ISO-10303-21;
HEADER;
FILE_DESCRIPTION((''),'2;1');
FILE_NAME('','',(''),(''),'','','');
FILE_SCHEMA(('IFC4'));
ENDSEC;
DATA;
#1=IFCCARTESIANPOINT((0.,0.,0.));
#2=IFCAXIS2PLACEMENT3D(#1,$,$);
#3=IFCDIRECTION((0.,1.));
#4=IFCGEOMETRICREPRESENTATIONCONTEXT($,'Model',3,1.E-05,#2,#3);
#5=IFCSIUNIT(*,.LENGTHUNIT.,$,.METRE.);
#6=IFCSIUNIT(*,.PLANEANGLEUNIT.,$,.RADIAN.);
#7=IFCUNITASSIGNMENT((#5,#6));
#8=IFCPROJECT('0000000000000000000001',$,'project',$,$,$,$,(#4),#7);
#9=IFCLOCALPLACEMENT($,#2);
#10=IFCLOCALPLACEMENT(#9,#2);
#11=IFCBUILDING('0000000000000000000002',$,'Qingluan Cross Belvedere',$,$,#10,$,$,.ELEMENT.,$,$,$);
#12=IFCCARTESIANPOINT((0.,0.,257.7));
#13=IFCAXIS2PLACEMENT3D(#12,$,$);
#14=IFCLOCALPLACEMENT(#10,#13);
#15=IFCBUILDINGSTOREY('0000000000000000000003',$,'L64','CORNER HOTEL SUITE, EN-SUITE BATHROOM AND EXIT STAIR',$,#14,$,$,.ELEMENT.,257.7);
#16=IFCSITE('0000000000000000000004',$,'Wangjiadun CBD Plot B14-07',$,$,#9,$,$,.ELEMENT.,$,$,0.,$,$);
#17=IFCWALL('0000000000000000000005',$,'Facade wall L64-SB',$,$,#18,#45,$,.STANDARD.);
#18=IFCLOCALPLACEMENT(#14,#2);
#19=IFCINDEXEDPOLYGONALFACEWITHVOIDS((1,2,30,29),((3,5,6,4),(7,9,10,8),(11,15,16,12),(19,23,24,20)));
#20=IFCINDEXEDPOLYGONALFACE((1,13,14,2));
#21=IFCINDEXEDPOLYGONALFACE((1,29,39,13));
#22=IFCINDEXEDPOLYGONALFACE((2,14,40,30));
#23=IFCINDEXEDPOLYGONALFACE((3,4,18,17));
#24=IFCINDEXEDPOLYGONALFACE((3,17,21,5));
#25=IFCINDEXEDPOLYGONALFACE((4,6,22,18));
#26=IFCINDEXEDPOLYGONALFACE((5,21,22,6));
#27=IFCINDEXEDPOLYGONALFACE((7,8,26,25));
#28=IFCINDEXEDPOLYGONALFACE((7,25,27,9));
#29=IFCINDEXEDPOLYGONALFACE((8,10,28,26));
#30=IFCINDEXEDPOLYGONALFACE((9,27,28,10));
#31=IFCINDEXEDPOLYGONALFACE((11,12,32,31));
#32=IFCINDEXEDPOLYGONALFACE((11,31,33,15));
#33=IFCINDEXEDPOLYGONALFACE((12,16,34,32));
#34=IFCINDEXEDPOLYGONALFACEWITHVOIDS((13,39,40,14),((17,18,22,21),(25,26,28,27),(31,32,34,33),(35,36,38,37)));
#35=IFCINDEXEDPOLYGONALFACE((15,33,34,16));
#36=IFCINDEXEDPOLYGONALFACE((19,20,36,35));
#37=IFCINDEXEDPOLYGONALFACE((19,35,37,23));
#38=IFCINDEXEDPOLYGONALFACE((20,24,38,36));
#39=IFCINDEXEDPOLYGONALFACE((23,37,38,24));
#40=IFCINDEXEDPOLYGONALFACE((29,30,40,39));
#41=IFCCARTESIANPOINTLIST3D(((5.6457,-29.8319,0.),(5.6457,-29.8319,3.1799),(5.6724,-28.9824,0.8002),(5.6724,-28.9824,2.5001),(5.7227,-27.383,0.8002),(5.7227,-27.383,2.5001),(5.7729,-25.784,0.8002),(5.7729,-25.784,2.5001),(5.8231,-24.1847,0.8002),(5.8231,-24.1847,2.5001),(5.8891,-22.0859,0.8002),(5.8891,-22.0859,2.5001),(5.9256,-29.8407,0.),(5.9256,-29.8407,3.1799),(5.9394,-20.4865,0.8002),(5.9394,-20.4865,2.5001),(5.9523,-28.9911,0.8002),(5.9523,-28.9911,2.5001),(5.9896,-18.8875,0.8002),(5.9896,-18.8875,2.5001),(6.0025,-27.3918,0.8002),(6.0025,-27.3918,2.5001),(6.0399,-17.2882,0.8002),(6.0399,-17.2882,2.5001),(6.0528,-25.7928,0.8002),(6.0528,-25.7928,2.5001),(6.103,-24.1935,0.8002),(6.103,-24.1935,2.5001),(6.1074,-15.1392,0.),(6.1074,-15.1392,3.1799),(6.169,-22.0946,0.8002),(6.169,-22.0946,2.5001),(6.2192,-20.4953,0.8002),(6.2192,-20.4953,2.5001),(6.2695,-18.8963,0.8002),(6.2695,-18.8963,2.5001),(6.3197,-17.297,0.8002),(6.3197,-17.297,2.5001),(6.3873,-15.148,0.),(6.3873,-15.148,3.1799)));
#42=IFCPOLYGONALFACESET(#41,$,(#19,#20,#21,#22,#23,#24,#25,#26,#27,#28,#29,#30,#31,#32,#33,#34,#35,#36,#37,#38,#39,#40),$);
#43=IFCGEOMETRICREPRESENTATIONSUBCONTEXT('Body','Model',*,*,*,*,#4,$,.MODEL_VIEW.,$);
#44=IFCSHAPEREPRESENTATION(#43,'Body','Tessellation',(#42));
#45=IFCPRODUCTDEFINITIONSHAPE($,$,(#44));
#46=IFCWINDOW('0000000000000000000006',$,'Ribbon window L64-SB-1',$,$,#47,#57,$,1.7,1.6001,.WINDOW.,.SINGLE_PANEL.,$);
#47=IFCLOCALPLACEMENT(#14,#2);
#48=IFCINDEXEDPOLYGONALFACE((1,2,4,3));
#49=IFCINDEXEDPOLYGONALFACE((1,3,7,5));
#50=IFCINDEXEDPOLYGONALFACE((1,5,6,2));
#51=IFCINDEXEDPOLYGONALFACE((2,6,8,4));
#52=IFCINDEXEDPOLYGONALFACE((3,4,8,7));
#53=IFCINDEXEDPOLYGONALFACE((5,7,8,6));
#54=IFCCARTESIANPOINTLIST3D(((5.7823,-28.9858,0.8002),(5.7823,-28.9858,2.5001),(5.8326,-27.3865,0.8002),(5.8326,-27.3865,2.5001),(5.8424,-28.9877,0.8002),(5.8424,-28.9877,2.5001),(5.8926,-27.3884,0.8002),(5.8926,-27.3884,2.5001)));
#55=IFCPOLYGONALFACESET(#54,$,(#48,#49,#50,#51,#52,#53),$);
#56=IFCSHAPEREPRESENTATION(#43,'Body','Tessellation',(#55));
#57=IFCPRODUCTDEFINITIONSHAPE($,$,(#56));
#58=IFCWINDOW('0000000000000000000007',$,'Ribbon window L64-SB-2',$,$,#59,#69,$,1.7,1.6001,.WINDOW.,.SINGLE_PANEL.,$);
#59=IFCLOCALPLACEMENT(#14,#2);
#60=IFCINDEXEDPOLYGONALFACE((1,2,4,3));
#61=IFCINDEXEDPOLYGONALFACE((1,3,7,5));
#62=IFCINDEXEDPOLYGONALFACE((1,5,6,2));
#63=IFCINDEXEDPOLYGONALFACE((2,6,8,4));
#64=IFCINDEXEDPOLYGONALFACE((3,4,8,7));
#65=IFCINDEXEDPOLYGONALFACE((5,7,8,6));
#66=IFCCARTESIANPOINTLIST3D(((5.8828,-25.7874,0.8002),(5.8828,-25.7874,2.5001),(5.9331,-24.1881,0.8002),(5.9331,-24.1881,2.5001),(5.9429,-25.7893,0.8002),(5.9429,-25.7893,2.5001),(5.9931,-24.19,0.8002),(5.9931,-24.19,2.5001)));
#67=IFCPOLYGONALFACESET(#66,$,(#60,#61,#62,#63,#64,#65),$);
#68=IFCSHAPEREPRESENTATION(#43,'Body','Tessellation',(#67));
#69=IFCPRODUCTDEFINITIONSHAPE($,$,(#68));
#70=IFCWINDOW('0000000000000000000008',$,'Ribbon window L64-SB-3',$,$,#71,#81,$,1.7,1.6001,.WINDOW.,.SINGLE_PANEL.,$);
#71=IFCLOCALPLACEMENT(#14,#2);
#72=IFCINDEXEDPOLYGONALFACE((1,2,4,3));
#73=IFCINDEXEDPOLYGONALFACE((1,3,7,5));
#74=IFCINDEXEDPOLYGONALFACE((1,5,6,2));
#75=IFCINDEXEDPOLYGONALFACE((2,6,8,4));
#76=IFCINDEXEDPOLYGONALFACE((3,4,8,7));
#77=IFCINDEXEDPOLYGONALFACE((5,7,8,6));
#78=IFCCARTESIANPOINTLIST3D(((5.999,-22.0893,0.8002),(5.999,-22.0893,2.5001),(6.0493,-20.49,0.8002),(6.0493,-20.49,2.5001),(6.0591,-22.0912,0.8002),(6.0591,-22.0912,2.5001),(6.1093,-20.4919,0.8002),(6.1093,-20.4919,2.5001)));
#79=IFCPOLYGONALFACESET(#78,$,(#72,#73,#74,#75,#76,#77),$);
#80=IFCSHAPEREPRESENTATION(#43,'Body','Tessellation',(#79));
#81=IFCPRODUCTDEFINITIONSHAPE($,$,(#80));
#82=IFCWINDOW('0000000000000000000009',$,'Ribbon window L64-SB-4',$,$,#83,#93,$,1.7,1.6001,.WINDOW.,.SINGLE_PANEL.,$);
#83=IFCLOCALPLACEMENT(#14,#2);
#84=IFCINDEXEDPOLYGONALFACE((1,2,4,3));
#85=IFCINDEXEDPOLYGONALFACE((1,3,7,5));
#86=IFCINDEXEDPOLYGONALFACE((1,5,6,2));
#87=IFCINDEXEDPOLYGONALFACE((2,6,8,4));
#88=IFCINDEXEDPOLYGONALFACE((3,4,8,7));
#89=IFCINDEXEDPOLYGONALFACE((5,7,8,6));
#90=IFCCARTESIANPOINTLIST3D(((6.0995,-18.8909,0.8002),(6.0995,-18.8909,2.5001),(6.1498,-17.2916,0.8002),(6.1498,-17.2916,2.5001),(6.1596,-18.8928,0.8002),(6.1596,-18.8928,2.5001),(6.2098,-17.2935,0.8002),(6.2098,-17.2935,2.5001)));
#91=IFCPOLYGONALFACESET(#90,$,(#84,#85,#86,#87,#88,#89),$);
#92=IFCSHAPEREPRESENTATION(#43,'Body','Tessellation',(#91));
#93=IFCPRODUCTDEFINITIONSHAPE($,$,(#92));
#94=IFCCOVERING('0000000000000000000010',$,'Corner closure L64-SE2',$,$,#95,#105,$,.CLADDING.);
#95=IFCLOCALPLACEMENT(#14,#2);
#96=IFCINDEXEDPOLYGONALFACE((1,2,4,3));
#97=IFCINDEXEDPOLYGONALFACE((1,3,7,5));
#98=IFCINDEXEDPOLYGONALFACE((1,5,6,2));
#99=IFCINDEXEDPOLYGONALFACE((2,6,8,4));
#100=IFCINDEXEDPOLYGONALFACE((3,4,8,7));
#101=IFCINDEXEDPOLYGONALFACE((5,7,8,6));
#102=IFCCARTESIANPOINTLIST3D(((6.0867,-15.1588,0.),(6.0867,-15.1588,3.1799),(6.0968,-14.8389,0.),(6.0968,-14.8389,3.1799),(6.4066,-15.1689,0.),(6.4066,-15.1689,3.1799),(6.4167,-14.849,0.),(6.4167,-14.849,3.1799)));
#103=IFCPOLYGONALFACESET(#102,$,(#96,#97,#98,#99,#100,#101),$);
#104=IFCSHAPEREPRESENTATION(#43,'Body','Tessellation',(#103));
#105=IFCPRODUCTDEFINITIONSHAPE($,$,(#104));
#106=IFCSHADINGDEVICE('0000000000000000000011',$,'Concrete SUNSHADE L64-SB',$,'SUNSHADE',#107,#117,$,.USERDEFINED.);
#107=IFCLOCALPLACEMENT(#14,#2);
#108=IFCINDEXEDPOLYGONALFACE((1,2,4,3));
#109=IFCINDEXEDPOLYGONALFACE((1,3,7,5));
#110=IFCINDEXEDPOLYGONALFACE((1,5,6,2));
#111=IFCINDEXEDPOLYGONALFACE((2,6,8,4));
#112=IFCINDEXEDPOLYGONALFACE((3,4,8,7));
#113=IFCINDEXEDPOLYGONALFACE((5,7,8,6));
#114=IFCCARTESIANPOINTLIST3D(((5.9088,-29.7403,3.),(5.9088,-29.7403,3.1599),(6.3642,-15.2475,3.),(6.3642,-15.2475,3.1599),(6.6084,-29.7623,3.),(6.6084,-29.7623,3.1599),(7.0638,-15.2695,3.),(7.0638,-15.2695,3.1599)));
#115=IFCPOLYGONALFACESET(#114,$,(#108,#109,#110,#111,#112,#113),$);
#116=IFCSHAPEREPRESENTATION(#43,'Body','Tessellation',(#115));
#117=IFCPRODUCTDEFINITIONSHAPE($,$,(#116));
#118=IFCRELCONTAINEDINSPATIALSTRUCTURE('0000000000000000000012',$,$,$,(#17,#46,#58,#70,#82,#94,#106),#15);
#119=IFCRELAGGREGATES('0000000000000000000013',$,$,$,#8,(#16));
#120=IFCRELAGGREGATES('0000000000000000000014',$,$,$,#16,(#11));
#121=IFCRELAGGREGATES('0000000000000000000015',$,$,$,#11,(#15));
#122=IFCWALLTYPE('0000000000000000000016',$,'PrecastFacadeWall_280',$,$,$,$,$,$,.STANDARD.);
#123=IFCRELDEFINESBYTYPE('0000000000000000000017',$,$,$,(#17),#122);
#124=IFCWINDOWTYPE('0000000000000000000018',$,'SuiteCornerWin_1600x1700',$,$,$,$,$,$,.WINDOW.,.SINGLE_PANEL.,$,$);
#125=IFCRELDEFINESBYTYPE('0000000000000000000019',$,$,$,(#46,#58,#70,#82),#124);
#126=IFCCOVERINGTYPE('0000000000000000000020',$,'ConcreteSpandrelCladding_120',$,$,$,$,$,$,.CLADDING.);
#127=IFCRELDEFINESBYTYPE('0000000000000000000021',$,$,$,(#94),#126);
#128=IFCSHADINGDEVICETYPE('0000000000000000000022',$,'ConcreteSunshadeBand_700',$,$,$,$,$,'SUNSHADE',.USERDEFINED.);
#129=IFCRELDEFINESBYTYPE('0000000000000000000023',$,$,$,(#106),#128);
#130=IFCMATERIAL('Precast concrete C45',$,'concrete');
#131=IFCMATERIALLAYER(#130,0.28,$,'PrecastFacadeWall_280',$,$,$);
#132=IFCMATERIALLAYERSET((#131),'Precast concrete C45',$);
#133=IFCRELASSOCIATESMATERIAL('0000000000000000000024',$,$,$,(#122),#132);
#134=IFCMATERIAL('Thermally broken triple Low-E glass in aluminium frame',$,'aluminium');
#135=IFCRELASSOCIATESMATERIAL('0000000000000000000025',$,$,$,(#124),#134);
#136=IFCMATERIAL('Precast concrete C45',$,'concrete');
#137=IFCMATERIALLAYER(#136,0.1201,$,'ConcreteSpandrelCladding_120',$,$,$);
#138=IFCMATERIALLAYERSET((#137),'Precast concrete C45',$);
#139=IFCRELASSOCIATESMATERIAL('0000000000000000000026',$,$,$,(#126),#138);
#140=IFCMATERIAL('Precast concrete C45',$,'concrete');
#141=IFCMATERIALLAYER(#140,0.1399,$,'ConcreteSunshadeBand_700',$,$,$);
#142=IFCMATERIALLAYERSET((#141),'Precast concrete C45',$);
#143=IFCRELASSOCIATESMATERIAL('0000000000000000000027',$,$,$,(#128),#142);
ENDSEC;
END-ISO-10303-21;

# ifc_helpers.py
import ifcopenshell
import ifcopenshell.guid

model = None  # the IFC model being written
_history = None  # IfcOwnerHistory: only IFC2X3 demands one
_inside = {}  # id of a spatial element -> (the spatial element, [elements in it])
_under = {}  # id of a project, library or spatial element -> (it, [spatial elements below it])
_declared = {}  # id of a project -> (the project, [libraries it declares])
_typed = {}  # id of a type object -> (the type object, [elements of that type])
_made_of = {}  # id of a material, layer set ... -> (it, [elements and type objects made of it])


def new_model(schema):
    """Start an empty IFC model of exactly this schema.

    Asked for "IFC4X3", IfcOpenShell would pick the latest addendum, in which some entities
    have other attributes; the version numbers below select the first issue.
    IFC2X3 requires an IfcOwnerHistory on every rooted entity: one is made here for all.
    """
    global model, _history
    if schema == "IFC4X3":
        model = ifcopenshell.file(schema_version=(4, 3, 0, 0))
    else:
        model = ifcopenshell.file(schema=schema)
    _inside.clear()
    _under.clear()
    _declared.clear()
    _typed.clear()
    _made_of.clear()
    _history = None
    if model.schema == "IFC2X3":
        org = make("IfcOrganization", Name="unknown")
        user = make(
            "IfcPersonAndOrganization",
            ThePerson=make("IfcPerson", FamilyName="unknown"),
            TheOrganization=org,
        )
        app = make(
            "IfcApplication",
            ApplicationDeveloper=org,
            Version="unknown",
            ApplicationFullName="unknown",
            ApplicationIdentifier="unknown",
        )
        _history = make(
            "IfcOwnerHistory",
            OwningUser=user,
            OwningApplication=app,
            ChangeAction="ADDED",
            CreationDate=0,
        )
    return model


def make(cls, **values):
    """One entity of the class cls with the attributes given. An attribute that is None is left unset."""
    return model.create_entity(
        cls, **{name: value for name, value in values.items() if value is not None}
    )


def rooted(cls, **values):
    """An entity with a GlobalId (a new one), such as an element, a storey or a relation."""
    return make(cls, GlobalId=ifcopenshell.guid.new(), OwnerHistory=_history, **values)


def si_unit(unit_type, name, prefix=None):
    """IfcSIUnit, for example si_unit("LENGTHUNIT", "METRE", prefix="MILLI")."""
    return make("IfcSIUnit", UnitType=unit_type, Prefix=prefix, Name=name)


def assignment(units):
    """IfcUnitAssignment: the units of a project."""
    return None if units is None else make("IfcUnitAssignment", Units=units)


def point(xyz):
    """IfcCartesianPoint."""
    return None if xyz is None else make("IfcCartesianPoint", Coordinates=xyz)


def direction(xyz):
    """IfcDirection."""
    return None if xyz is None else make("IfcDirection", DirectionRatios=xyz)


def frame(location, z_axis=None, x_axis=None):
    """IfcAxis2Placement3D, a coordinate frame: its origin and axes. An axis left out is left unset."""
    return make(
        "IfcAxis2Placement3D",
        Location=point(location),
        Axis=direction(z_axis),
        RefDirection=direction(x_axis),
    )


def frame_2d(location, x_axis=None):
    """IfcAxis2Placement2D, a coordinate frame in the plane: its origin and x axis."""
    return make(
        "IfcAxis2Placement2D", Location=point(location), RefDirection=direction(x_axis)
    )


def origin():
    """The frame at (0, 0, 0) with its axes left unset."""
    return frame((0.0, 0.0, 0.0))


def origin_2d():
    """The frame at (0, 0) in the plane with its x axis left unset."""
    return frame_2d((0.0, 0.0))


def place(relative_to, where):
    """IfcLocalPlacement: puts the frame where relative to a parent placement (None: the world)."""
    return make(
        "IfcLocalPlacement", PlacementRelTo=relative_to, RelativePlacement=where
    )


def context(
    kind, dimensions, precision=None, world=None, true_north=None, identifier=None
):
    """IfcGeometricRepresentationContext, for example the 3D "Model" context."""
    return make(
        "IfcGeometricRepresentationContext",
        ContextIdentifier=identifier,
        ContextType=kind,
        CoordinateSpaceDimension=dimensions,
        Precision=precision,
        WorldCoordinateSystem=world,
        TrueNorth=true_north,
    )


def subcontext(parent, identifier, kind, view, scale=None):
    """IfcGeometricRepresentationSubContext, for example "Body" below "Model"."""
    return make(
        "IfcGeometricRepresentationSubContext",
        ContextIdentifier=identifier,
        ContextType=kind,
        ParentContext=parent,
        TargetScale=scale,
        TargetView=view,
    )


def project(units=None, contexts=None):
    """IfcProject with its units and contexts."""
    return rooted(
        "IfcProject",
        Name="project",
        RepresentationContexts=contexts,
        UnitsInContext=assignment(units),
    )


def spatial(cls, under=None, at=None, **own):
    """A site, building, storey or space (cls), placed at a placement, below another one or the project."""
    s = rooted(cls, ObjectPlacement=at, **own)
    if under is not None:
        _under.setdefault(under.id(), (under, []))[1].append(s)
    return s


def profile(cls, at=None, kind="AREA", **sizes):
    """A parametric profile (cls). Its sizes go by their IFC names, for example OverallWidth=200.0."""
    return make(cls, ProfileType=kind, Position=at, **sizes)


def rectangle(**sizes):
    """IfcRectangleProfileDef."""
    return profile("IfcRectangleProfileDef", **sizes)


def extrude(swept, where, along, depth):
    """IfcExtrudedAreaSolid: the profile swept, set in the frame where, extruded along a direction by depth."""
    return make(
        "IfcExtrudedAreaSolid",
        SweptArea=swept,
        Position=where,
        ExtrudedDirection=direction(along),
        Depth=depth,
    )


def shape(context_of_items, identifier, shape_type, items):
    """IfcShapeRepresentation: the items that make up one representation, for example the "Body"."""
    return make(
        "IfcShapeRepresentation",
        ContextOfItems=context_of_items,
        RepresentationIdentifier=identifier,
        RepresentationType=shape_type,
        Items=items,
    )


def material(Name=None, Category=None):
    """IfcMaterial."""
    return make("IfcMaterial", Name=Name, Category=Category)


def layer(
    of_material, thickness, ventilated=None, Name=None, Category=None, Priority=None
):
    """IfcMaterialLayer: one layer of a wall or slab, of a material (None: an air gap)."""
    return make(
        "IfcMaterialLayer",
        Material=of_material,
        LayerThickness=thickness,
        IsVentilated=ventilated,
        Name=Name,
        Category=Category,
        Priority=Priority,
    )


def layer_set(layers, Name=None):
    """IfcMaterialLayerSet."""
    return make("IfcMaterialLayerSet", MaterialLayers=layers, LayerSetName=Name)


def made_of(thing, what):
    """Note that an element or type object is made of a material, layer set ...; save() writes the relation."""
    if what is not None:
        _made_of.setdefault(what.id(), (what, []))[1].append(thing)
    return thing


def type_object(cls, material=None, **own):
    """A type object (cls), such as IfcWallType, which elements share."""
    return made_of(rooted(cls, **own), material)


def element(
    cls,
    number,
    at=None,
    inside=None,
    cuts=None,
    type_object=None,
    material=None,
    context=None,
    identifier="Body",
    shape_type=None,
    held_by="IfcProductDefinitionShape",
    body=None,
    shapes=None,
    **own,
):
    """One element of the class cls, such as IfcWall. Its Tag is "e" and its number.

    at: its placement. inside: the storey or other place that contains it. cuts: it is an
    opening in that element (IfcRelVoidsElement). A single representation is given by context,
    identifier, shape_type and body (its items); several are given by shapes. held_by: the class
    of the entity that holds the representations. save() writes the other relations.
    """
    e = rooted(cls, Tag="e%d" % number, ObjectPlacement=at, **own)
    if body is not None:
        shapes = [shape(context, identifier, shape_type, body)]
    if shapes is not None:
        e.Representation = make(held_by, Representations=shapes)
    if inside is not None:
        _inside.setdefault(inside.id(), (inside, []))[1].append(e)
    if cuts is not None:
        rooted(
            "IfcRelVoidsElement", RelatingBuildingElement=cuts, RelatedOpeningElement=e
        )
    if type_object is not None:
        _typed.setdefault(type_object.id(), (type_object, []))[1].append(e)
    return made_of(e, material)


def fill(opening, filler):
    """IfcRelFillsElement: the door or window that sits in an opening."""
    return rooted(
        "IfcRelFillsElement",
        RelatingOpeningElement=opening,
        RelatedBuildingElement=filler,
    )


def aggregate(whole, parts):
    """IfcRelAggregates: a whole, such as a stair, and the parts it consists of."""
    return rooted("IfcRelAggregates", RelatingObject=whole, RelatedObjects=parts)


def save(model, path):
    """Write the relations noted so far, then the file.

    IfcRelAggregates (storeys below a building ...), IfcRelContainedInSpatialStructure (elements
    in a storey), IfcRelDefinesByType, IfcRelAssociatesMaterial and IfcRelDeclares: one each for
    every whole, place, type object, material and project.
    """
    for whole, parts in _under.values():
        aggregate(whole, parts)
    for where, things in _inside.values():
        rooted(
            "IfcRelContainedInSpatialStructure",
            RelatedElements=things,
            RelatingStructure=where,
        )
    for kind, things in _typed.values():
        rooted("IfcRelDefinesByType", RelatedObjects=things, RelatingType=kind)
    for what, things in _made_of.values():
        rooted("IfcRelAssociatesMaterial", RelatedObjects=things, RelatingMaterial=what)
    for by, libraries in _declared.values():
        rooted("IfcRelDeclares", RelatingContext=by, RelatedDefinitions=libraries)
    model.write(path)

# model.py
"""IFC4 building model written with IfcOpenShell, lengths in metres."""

from ifc_helpers import new_model, si_unit, direction, frame, frame_2d, origin, origin_2d, place, context, subcontext, project, spatial, rectangle, extrude, material, layer, layer_set, type_object, element, fill, save


model = new_model("IFC4")

# Units and contexts
model_context = context("Model", 3, precision=1e-05, world=origin(), true_north=direction((0.0, 1.0)))
body_context = subcontext(model_context, "Body", "Model", "MODEL_VIEW")
ifc_project = project(units=[si_unit("LENGTHUNIT", "METRE"), si_unit("PLANEANGLEUNIT", "RADIAN")], contexts=[model_context])

# Site, building, storey
site_placement = place(None, origin())
site = spatial("IfcSite", under=ifc_project, at=site_placement, Name="Wangjiadun CBD Plot B14-07", CompositionType="ELEMENT", RefElevation=0.0)
building_placement = place(site_placement, origin())
building = spatial("IfcBuilding", under=site, at=building_placement, Name="Qingluan Cross Belvedere", CompositionType="ELEMENT")
storey_placement = place(building_placement, frame((0.0, 0.0, 257.7)))
storey = spatial("IfcBuildingStorey", under=building, at=storey_placement, Name="L64", Description="CORNER HOTEL SUITE, EN-SUITE BATHROOM AND EXIT STAIR", CompositionType="ELEMENT", Elevation=257.7)

# Wall, openings, windows
ifc_material_1 = material(Name="Precast concrete C45", Category="concrete")
ifc_layer_1 = layer(ifc_material_1, 0.28, Name="PrecastFacadeWall_280")
ifc_layer_set_1 = layer_set([ifc_layer_1], Name="Precast concrete C45")
wall_type_1 = type_object("IfcWallType", Name="PrecastFacadeWall_280", PredefinedType="STANDARD", material=ifc_layer_set_1)
wall_1_placement = place(storey_placement, frame((5.7856, -29.8364, 0.0), z_axis=(0.0, 0.0, 1.0), x_axis=(0.031406, 0.999507, 0.0)))
wall_1 = element("IfcWall", 1, at=wall_1_placement, inside=storey, type_object=wall_type_1, Name="Facade wall L64-SB", PredefinedType="STANDARD", context=body_context, shape_type="SweptSolid", body=[
    extrude(rectangle(XDim=14.7, YDim=0.28, at=frame_2d((7.3501, 0.0))), origin(), (0.0, 0.0, 1.0), 3.1799),
])
opening_1_placement = place(wall_1_placement, frame((0.8501, 0.0, 0.8)))
opening_1 = element("IfcOpeningElement", 2, at=opening_1_placement, cuts=wall_1, PredefinedType="OPENING", context=body_context, shape_type="SweptSolid", body=[
    extrude(rectangle(XDim=1.6001, YDim=1.7, at=frame_2d((0.8, 0.8501))), frame((0.0, 0.1499, 0.0), z_axis=(0.0, -1.0, 0.0), x_axis=(1.0, 0.0, 0.0)), (0.0, 0.0, 1.0), 0.3),
])
opening_2_placement = place(wall_1_placement, frame((4.05, 0.0, 0.8)))
opening_2 = element("IfcOpeningElement", 3, at=opening_2_placement, cuts=wall_1, PredefinedType="OPENING", context=body_context, shape_type="SweptSolid", body=[
    extrude(rectangle(XDim=1.6001, YDim=1.7, at=frame_2d((0.8, 0.8501))), frame((0.0, 0.1499, 0.0), z_axis=(0.0, -1.0, 0.0), x_axis=(1.0, 0.0, 0.0)), (0.0, 0.0, 1.0), 0.3),
])
opening_3_placement = place(wall_1_placement, frame((7.75, 0.0, 0.8)))
opening_3 = element("IfcOpeningElement", 4, at=opening_3_placement, cuts=wall_1, PredefinedType="OPENING", context=body_context, shape_type="SweptSolid", body=[
    extrude(rectangle(XDim=1.6001, YDim=1.7, at=frame_2d((0.8, 0.8501))), frame((0.0, 0.1499, 0.0), z_axis=(0.0, -1.0, 0.0), x_axis=(1.0, 0.0, 0.0)), (0.0, 0.0, 1.0), 0.3),
])
opening_4_placement = place(wall_1_placement, frame((10.95, 0.0, 0.8)))
opening_4 = element("IfcOpeningElement", 5, at=opening_4_placement, cuts=wall_1, PredefinedType="OPENING", context=body_context, shape_type="SweptSolid", body=[
    extrude(rectangle(XDim=1.6001, YDim=1.7, at=frame_2d((0.8, 0.8501))), frame((0.0, 0.1499, 0.0), z_axis=(0.0, -1.0, 0.0), x_axis=(1.0, 0.0, 0.0)), (0.0, 0.0, 1.0), 0.3),
])
ifc_material_2 = material(Name="Thermally broken triple Low-E glass in aluminium frame", Category="aluminium")
window_type = type_object("IfcWindowType", Name="SuiteCornerWin_1600x1700", PartitioningType="SINGLE_PANEL", PredefinedType="WINDOW", material=ifc_material_2)
window_1_placement = place(opening_1_placement, origin())
window_1 = element("IfcWindow", 6, at=window_1_placement, inside=storey, type_object=window_type, Name="Ribbon window L64-SB-1", OverallHeight=1.7, OverallWidth=1.6001, PartitioningType="SINGLE_PANEL", PredefinedType="WINDOW", context=body_context, shape_type="SweptSolid", body=[
    extrude(rectangle(XDim=1.6001, YDim=1.7, at=frame_2d((0.8, 0.8501))), frame((0.0, 0.03, 0.0), z_axis=(0.0, -1.0, 0.0), x_axis=(1.0, 0.0, 0.0)), (0.0, 0.0, 1.0), 0.0601),
])
fill(opening_1, window_1)
window_2_placement = place(opening_2_placement, origin())
window_2 = element("IfcWindow", 7, at=window_2_placement, inside=storey, type_object=window_type, Name="Ribbon window L64-SB-2", OverallHeight=1.7, OverallWidth=1.6001, PartitioningType="SINGLE_PANEL", PredefinedType="WINDOW", context=body_context, shape_type="SweptSolid", body=[
    extrude(rectangle(XDim=1.6001, YDim=1.7, at=frame_2d((0.8, 0.8501))), frame((0.0, 0.03, 0.0), z_axis=(0.0, -1.0, 0.0), x_axis=(1.0, 0.0, 0.0)), (0.0, 0.0, 1.0), 0.0601),
])
fill(opening_2, window_2)
window_3_placement = place(opening_3_placement, origin())
window_3 = element("IfcWindow", 8, at=window_3_placement, inside=storey, type_object=window_type, Name="Ribbon window L64-SB-3", OverallHeight=1.7, OverallWidth=1.6001, PartitioningType="SINGLE_PANEL", PredefinedType="WINDOW", context=body_context, shape_type="SweptSolid", body=[
    extrude(rectangle(XDim=1.6001, YDim=1.7, at=frame_2d((0.8, 0.8501))), frame((0.0, 0.03, 0.0), z_axis=(0.0, -1.0, 0.0), x_axis=(1.0, 0.0, 0.0)), (0.0, 0.0, 1.0), 0.0601),
])
fill(opening_3, window_3)
window_4_placement = place(opening_4_placement, origin())
window_4 = element("IfcWindow", 9, at=window_4_placement, inside=storey, type_object=window_type, Name="Ribbon window L64-SB-4", OverallHeight=1.7, OverallWidth=1.6001, PartitioningType="SINGLE_PANEL", PredefinedType="WINDOW", context=body_context, shape_type="SweptSolid", body=[
    extrude(rectangle(XDim=1.6001, YDim=1.7, at=frame_2d((0.8, 0.8501))), frame((0.0, 0.03, 0.0), z_axis=(0.0, -1.0, 0.0), x_axis=(1.0, 0.0, 0.0)), (0.0, 0.0, 1.0), 0.0601),
])
fill(opening_4, window_4)

# Covering
ifc_material_3 = material(Name="Precast concrete C45", Category="concrete")
ifc_layer_2 = layer(ifc_material_3, 0.1201, Name="ConcreteSpandrelCladding_120")
ifc_layer_set_2 = layer_set([ifc_layer_2], Name="Precast concrete C45")
covering_type = type_object("IfcCoveringType", Name="ConcreteSpandrelCladding_120", PredefinedType="CLADDING", material=ifc_layer_set_2)
covering_placement = place(storey_placement, frame((6.2517, -15.0039, 0.0), z_axis=(0.0, 0.0, 1.0), x_axis=(0.999507, -0.031411, 0.0)))
element("IfcCovering", 10, at=covering_placement, inside=storey, type_object=covering_type, Name="Corner closure L64-SE2", PredefinedType="CLADDING", context=body_context, shape_type="SweptSolid", body=[
    extrude(rectangle(XDim=0.3201, YDim=0.3201, at=origin_2d()), origin(), (0.0, 0.0, 1.0), 3.1799),
])

# Shading device
ifc_material_4 = material(Name="Precast concrete C45", Category="concrete")
ifc_layer_3 = layer(ifc_material_4, 0.1399, Name="ConcreteSunshadeBand_700")
ifc_layer_set_3 = layer_set([ifc_layer_3], Name="Precast concrete C45")
shading_device_type = type_object("IfcShadingDeviceType", Name="ConcreteSunshadeBand_700", ElementType="SUNSHADE", PredefinedType="USERDEFINED", material=ifc_layer_set_3)
shading_device_placement = place(storey_placement, frame((6.4863, -22.5049, 3.0), z_axis=(0.0, 0.0, 1.0), x_axis=(0.031408, 0.999507, 0.0)))
element("IfcShadingDevice", 11, at=shading_device_placement, inside=storey, type_object=shading_device_type, Name="Concrete SUNSHADE L64-SB", ObjectType="SUNSHADE", PredefinedType="USERDEFINED", context=body_context, shape_type="SweptSolid", body=[
    extrude(rectangle(XDim=14.5, YDim=0.7, at=origin_2d()), origin(), (0.0, 0.0, 1.0), 0.1599),
])

save(model, "model.ifc")
